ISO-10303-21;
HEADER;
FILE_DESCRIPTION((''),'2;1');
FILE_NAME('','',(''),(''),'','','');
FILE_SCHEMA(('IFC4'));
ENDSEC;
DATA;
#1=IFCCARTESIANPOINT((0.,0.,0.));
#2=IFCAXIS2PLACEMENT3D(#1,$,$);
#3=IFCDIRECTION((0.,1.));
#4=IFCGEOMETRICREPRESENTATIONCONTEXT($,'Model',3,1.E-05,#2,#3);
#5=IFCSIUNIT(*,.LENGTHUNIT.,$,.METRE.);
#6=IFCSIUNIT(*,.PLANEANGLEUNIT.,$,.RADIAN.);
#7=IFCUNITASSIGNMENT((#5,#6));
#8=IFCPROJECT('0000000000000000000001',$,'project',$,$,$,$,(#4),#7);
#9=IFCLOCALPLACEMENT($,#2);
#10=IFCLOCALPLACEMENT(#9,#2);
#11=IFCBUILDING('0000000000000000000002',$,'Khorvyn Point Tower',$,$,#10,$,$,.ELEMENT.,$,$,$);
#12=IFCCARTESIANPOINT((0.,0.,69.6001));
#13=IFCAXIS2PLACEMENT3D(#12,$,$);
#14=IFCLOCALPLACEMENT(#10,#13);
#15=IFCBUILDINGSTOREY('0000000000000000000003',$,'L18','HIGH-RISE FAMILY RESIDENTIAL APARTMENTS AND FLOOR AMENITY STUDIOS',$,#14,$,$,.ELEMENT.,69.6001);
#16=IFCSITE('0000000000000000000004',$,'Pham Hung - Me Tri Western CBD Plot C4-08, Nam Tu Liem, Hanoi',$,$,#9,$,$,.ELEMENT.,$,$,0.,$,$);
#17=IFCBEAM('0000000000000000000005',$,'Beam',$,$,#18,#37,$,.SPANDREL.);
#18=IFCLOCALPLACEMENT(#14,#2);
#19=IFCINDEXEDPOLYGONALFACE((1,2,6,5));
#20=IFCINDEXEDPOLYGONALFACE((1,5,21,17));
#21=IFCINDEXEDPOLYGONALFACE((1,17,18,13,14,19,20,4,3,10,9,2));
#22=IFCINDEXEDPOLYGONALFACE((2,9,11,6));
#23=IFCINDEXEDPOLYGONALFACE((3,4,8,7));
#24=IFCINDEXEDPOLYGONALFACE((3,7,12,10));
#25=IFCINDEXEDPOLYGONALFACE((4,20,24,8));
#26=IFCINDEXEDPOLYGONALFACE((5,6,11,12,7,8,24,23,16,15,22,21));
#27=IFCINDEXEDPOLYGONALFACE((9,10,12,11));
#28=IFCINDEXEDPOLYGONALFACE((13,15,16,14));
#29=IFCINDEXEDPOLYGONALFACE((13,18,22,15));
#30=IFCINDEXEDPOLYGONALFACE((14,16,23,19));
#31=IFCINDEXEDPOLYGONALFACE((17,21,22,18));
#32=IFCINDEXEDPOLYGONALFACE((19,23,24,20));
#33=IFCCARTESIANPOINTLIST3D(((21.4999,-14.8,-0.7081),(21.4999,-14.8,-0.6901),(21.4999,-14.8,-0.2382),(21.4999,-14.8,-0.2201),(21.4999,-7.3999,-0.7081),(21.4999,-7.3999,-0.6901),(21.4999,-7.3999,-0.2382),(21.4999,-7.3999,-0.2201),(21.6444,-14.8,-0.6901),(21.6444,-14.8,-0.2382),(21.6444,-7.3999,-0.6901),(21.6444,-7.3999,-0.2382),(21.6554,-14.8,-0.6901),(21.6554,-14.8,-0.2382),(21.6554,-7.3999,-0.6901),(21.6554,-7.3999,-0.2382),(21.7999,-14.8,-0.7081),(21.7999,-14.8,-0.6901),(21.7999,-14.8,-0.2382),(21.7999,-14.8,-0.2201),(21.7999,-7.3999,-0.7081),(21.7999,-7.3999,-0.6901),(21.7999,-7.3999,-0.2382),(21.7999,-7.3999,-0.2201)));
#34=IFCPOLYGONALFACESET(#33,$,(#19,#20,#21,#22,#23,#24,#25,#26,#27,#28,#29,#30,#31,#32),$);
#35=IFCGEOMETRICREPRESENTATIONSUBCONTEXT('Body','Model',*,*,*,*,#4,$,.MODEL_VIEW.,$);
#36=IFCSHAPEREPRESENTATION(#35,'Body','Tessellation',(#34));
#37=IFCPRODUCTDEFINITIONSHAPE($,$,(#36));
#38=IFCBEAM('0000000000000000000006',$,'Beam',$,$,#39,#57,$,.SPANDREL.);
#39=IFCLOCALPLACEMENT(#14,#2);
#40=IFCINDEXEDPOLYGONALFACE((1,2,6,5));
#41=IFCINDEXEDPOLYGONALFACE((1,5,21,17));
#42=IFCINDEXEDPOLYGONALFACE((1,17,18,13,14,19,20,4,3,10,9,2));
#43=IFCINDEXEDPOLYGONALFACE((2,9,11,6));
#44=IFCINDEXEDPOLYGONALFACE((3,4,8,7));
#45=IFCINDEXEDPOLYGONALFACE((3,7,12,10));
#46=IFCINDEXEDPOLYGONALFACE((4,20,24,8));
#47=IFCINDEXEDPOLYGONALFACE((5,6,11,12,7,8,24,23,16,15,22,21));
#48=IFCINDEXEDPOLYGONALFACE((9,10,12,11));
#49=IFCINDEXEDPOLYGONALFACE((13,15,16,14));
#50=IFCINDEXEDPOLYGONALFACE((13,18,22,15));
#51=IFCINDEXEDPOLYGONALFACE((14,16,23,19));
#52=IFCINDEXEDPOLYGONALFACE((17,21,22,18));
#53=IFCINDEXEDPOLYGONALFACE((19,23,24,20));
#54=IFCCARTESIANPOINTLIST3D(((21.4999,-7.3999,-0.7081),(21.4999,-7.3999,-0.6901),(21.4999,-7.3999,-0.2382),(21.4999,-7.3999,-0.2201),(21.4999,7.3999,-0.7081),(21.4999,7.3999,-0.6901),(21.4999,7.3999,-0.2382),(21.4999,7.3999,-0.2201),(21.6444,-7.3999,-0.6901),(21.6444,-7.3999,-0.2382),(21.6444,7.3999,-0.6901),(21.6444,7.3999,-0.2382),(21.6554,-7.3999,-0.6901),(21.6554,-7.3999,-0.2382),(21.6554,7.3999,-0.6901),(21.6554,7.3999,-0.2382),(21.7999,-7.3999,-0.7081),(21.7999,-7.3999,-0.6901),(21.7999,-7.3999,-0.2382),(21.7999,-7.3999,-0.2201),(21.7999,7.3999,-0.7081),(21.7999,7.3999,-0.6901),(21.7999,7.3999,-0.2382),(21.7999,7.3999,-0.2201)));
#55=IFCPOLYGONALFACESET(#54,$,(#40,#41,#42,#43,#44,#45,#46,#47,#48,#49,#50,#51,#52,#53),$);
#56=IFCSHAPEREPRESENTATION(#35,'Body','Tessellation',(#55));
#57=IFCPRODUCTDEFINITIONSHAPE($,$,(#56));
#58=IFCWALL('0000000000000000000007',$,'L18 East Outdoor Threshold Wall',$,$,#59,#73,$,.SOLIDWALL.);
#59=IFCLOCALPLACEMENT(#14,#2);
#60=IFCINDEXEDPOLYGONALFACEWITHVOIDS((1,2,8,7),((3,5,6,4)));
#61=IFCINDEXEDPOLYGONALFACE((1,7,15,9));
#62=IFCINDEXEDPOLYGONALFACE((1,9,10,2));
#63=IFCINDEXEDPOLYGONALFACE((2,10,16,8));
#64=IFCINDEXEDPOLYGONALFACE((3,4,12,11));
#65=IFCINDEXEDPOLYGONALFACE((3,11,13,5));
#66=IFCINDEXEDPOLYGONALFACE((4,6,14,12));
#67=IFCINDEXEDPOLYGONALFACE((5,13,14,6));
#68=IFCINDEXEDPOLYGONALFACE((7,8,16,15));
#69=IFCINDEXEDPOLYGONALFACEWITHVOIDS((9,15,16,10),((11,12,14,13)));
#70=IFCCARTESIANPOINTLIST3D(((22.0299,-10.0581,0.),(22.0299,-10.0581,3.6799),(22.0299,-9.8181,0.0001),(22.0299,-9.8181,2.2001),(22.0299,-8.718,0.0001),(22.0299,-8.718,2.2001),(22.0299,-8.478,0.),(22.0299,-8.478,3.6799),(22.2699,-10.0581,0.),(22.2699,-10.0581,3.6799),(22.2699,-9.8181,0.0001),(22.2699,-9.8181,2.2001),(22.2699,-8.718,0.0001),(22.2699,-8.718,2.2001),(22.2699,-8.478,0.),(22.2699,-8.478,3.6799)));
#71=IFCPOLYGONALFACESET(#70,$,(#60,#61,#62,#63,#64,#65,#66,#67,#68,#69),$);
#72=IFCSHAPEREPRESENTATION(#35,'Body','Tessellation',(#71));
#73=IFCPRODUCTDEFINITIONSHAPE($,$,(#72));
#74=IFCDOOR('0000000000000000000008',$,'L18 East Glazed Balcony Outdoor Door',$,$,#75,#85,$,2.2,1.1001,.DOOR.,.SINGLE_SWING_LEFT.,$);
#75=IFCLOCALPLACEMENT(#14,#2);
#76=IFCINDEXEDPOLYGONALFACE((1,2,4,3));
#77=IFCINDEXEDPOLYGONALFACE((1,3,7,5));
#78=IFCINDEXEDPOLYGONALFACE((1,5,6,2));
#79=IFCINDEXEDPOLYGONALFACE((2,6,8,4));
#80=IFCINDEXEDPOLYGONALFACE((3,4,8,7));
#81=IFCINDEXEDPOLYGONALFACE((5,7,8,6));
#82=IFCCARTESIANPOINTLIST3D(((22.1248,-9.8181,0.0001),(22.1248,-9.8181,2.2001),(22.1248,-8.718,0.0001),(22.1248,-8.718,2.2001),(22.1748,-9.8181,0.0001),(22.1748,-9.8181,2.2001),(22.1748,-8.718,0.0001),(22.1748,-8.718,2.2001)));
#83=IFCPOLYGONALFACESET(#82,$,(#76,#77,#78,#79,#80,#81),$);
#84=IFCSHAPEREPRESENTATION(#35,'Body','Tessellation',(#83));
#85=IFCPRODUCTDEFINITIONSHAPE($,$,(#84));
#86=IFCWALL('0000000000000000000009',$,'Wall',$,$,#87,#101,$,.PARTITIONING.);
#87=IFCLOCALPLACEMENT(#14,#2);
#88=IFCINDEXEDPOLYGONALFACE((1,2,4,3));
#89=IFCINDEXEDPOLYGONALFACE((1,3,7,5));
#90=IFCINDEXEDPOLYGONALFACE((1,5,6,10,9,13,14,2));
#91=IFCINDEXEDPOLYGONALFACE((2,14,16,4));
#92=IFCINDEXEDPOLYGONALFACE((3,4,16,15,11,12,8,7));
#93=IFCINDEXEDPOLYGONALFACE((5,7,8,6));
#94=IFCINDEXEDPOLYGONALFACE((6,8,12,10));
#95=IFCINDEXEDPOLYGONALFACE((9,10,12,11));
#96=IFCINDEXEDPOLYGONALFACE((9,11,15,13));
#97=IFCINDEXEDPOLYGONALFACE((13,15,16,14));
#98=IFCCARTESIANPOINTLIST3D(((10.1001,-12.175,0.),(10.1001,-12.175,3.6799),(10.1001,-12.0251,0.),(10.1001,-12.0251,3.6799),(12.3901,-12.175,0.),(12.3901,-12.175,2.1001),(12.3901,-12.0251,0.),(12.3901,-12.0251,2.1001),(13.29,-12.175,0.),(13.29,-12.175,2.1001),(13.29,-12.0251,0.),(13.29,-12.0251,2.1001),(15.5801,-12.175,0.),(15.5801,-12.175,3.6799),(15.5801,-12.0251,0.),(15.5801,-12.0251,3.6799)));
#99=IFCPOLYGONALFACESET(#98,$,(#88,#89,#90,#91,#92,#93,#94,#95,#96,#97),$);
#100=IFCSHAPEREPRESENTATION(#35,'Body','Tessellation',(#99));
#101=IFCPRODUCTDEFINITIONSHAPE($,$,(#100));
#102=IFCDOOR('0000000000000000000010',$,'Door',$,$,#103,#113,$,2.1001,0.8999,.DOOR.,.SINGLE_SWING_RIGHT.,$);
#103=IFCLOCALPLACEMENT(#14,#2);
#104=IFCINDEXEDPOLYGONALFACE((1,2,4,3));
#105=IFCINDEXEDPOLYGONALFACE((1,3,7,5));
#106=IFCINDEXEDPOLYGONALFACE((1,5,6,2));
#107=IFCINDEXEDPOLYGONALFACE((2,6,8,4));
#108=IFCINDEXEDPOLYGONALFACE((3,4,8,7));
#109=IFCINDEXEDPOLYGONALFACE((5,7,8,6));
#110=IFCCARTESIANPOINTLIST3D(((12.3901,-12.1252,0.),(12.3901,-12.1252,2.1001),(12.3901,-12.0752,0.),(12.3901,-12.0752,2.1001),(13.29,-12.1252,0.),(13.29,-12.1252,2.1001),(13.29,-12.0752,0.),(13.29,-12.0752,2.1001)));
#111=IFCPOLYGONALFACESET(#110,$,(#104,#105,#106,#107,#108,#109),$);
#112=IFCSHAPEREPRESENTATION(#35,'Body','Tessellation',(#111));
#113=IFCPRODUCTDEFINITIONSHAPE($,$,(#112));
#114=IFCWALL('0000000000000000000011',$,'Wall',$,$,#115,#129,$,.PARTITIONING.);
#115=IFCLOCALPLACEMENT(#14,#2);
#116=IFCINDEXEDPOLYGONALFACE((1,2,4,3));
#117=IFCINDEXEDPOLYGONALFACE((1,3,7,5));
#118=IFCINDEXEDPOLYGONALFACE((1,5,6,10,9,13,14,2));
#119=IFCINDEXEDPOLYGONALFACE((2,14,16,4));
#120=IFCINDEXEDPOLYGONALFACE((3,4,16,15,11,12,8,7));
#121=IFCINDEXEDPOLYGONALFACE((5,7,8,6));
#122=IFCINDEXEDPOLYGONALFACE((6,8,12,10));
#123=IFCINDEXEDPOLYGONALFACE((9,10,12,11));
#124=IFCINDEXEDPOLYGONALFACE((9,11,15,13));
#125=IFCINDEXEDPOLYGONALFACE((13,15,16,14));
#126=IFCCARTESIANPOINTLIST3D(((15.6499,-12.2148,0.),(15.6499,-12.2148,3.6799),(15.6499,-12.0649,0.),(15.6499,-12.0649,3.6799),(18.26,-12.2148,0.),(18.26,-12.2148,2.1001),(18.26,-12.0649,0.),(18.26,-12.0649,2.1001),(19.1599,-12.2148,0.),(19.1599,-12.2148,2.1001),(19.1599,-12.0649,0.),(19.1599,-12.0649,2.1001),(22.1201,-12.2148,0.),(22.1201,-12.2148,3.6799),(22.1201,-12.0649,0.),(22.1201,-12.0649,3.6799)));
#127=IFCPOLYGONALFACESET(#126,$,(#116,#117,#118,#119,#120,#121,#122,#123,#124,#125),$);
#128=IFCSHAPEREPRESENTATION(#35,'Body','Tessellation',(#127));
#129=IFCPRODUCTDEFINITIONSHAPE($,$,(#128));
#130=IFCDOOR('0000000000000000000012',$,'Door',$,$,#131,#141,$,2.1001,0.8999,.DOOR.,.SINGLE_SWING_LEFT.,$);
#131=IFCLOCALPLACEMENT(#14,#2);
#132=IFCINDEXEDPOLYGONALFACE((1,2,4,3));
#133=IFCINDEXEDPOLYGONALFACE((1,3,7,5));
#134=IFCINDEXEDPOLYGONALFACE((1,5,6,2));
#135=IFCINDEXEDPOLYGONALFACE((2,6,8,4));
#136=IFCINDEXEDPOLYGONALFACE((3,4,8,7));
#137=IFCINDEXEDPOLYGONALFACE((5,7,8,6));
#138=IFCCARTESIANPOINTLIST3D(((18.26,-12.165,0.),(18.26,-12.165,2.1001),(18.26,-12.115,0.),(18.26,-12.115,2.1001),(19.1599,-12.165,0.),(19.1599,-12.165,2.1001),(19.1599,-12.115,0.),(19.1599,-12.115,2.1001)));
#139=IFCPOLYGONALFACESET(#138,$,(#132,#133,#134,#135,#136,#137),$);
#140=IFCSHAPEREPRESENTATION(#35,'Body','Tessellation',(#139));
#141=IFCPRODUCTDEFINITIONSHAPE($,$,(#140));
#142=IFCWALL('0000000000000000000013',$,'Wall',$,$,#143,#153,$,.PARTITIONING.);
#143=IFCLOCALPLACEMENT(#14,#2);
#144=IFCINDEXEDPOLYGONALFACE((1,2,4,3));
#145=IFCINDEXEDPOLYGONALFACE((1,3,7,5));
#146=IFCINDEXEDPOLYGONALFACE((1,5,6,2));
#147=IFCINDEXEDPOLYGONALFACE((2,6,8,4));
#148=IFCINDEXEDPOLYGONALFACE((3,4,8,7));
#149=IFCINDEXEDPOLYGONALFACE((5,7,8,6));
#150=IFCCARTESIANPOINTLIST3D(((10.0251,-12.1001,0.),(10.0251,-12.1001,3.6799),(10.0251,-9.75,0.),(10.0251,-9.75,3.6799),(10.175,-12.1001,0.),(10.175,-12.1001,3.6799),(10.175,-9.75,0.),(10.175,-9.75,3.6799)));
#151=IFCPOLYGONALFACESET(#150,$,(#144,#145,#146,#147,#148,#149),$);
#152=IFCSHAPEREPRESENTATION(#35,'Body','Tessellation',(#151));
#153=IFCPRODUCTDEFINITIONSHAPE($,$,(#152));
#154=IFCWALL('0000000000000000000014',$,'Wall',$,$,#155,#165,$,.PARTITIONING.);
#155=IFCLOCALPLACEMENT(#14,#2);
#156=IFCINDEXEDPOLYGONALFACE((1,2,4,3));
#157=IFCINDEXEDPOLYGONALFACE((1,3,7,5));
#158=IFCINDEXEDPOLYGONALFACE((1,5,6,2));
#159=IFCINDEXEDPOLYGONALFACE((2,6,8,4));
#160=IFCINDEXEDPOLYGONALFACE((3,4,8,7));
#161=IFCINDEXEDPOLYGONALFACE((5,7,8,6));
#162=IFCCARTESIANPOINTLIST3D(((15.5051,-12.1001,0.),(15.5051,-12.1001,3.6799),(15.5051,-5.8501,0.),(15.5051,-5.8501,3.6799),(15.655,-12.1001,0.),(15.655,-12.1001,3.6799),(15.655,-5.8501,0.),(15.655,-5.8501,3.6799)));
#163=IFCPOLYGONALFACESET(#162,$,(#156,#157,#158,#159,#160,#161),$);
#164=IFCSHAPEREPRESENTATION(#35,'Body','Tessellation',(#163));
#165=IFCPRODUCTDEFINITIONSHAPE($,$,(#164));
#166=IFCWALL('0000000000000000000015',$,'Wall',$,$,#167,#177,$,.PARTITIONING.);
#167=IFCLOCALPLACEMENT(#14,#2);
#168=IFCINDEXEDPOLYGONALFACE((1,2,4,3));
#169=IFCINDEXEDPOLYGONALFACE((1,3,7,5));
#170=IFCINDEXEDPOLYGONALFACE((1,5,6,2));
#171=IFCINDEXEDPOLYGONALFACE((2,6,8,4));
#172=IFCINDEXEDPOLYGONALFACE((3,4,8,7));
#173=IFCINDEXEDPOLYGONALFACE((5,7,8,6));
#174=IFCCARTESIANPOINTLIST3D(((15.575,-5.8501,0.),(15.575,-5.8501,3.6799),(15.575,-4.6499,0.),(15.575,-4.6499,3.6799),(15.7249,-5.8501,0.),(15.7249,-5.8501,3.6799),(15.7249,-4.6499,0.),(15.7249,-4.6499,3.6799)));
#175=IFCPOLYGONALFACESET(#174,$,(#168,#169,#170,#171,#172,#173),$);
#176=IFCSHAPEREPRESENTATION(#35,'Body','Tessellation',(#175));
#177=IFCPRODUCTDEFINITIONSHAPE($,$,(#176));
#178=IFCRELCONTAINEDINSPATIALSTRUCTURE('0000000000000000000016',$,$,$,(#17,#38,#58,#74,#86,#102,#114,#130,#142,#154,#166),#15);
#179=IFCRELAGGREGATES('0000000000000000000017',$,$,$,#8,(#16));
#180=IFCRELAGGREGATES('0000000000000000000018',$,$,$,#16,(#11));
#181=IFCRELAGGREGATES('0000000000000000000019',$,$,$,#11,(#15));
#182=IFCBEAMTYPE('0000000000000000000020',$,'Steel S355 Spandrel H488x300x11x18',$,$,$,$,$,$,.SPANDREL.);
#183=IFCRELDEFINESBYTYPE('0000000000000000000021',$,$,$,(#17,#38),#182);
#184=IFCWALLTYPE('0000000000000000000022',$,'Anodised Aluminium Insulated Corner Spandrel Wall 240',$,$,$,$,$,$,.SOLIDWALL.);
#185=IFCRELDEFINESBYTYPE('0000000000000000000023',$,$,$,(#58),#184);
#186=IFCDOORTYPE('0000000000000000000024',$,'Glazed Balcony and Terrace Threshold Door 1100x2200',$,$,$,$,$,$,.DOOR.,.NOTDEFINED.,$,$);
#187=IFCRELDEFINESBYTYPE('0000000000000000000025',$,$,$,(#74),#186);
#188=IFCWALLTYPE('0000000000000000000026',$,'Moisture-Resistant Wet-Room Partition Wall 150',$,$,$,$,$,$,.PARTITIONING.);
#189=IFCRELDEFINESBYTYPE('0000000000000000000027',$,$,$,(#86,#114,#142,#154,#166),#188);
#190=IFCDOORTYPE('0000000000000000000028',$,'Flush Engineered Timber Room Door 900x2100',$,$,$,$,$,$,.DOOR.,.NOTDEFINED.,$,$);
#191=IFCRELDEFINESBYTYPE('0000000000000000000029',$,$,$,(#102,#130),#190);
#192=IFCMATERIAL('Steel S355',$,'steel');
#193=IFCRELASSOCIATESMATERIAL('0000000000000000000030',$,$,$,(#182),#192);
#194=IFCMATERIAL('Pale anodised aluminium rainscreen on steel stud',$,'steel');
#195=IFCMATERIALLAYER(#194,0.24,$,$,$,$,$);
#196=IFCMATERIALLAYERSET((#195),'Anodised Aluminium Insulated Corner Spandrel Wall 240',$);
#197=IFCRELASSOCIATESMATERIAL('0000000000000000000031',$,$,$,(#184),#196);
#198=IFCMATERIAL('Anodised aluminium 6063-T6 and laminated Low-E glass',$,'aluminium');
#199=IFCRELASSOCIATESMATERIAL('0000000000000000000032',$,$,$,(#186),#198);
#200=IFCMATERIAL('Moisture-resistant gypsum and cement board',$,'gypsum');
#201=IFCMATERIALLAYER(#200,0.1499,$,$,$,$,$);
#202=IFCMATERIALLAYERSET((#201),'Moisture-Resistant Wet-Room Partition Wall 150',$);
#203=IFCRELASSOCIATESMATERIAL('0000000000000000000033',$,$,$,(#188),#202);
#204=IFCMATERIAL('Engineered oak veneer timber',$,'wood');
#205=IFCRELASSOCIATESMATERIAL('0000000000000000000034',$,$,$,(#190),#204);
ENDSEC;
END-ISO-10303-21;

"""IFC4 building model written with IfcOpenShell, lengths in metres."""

from ifc_helpers import new_model, si_unit, direction, frame, frame_2d, origin, origin_2d, place, context, subcontext, project, spatial, rectangle, i_section, extrude, material, layer, layer_set, material_profile, profile_set, type_object, element, fill, save


model = new_model("IFC4")

# Units and contexts
model_context = context("Model", 3, precision=1e-05, world=origin(), true_north=direction((0.0, 1.0)))
body_context = subcontext(model_context, "Body", "Model", "MODEL_VIEW")
ifc_project = project(units=[si_unit("LENGTHUNIT", "METRE"), si_unit("PLANEANGLEUNIT", "RADIAN")], contexts=[model_context])

# Site, building, storey
site_placement = place(None, origin())
site = spatial("IfcSite", under=ifc_project, at=site_placement, Name="Pham Hung - Me Tri Western CBD Plot C4-08, Nam Tu Liem, Hanoi", CompositionType="ELEMENT", RefElevation=0.0)
building_placement = place(site_placement, origin())
building = spatial("IfcBuilding", under=site, at=building_placement, Name="Khorvyn Point Tower", CompositionType="ELEMENT")
storey_placement = place(building_placement, frame((0.0, 0.0, 69.6001)))
storey = spatial("IfcBuildingStorey", under=building, at=storey_placement, Name="L18", Description="HIGH-RISE FAMILY RESIDENTIAL APARTMENTS AND FLOOR AMENITY STUDIOS", CompositionType="ELEMENT", Elevation=69.6001)

# Shared definitions
ifc_material_1 = material(Name="Anodised aluminium 6063-T6 and laminated Low-E glass", Category="aluminium")

# Beams
ifc_material_2 = material(Name="Steel S355", Category="steel")
ifc_material_profile_1 = material_profile(ifc_material_2, i_section(OverallWidth=0.3, OverallDepth=0.488, WebThickness=0.011, FlangeThickness=0.0181, at=origin_2d()))
ifc_profile_set_1 = profile_set([ifc_material_profile_1], Name="Steel S355 H488x300x11x18")
beam_type_1 = type_object("IfcBeamType", Name="Steel S355 Spandrel H488x300x11x18", PredefinedType="SPANDREL", material=ifc_profile_set_1)
beam_1_placement = place(storey_placement, frame((21.6499, -14.8, -0.4641), z_axis=(0.0, 1.0, 0.0), x_axis=(-1.0, 0.0, 0.0)))
element("IfcBeam", 1, at=beam_1_placement, inside=storey, type_object=beam_type_1, Name="Beam", PredefinedType="SPANDREL", context=body_context, shape_type="SweptSolid", body=[
    extrude(i_section(OverallWidth=0.3, OverallDepth=0.488, WebThickness=0.011, FlangeThickness=0.0181, at=origin_2d()), origin(), (0.0, 0.0, 1.0), 7.4001),
])
beam_2_placement = place(storey_placement, frame((21.6499, -7.3999, -0.4641), z_axis=(0.0, 1.0, 0.0), x_axis=(-1.0, 0.0, 0.0)))
element("IfcBeam", 2, at=beam_2_placement, inside=storey, type_object=beam_type_1, Name="Beam", PredefinedType="SPANDREL", context=body_context, shape_type="SweptSolid", body=[
    extrude(i_section(OverallWidth=0.3, OverallDepth=0.488, WebThickness=0.011, FlangeThickness=0.0181, at=origin_2d()), origin(), (0.0, 0.0, 1.0), 14.7998),
])

# Walls, openings, doors
ifc_material_3 = material(Name="Pale anodised aluminium rainscreen on steel stud", Category="steel")
ifc_layer_1 = layer(ifc_material_3, 0.24)
ifc_layer_set_1 = layer_set([ifc_layer_1], Name="Anodised Aluminium Insulated Corner Spandrel Wall 240")
wall_type_1 = type_object("IfcWallType", Name="Anodised Aluminium Insulated Corner Spandrel Wall 240", PredefinedType="SOLIDWALL", material=ifc_layer_set_1)
wall_1_placement = place(storey_placement, frame((22.1499, -8.478, 0.0), z_axis=(0.0, 0.0, 1.0), x_axis=(0.0, -1.0, 0.0)))
wall_1 = element("IfcWall", 3, at=wall_1_placement, inside=storey, type_object=wall_type_1, Name="L18 East Outdoor Threshold Wall", PredefinedType="SOLIDWALL", context=body_context, shape_type="SweptSolid", body=[
    extrude(rectangle(XDim=1.5801, YDim=0.24, at=frame_2d((0.79, 0.0))), origin(), (0.0, 0.0, 1.0), 3.6799),
])
opening_1_placement = place(wall_1_placement, frame((0.24, 0.0, 0.0)))
opening_1 = element("IfcOpeningElement", 4, at=opening_1_placement, cuts=wall_1, PredefinedType="OPENING", context=body_context, shape_type="SweptSolid", body=[
    extrude(rectangle(XDim=1.1001, YDim=2.2, at=frame_2d((0.55, 1.1001))), frame((0.0, 0.1299, 0.0), z_axis=(0.0, -1.0, 0.0), x_axis=(1.0, 0.0, 0.0)), (0.0, 0.0, 1.0), 0.26),
])
door_type_1 = type_object("IfcDoorType", Name="Glazed Balcony and Terrace Threshold Door 1100x2200", OperationType="NOTDEFINED", PredefinedType="DOOR", material=ifc_material_1)
door_1_placement = place(opening_1_placement, origin())
door_1 = element("IfcDoor", 5, at=door_1_placement, inside=storey, type_object=door_type_1, Name="L18 East Glazed Balcony Outdoor Door", OperationType="SINGLE_SWING_LEFT", OverallHeight=2.2, OverallWidth=1.1001, PredefinedType="DOOR", context=body_context, shape_type="SweptSolid", body=[
    extrude(rectangle(XDim=1.1001, YDim=2.2, at=frame_2d((0.55, 1.1001))), frame((0.0, 0.0249, 0.0), z_axis=(0.0, -1.0, 0.0), x_axis=(1.0, 0.0, 0.0)), (0.0, 0.0, 1.0), 0.05),
])
fill(opening_1, door_1)
ifc_material_4 = material(Name="Moisture-resistant gypsum and cement board", Category="gypsum")
ifc_layer_2 = layer(ifc_material_4, 0.1499)
ifc_layer_set_2 = layer_set([ifc_layer_2], Name="Moisture-Resistant Wet-Room Partition Wall 150")
wall_type_2 = type_object("IfcWallType", Name="Moisture-Resistant Wet-Room Partition Wall 150", PredefinedType="PARTITIONING", material=ifc_layer_set_2)
wall_2_placement = place(storey_placement, frame((10.1001, -12.1001, 0.0), z_axis=(0.0, 0.0, 1.0), x_axis=(1.0, 0.0, 0.0)))
wall_2 = element("IfcWall", 6, at=wall_2_placement, inside=storey, type_object=wall_type_2, Name="Wall", PredefinedType="PARTITIONING", context=body_context, shape_type="SweptSolid", body=[
    extrude(rectangle(XDim=5.48, YDim=0.1499, at=frame_2d((2.74, 0.0))), origin(), (0.0, 0.0, 1.0), 3.6799),
])
opening_2_placement = place(wall_2_placement, frame((2.29, 0.0, 0.0)))
opening_2 = element("IfcOpeningElement", 7, at=opening_2_placement, cuts=wall_2, PredefinedType="OPENING", context=body_context, shape_type="SweptSolid", body=[
    extrude(rectangle(XDim=0.8999, YDim=2.1001, at=frame_2d((0.45, 1.05))), frame((0.0, 0.085, 0.0), z_axis=(0.0, -1.0, 0.0), x_axis=(1.0, 0.0, 0.0)), (0.0, 0.0, 1.0), 0.1699),
])
ifc_material_5 = material(Name="Engineered oak veneer timber", Category="wood")
door_type_2 = type_object("IfcDoorType", Name="Flush Engineered Timber Room Door 900x2100", OperationType="NOTDEFINED", PredefinedType="DOOR", material=ifc_material_5)
door_2_placement = place(opening_2_placement, origin())
door_2 = element("IfcDoor", 8, at=door_2_placement, inside=storey, type_object=door_type_2, Name="Door", OperationType="SINGLE_SWING_RIGHT", OverallHeight=2.1001, OverallWidth=0.8999, PredefinedType="DOOR", context=body_context, shape_type="SweptSolid", body=[
    extrude(rectangle(XDim=0.8999, YDim=2.1001, at=frame_2d((0.45, 1.05))), frame((0.0, 0.0249, 0.0), z_axis=(0.0, -1.0, 0.0), x_axis=(1.0, 0.0, 0.0)), (0.0, 0.0, 1.0), 0.05),
])
fill(opening_2, door_2)
wall_3_placement = place(storey_placement, frame((15.6499, -12.1399, 0.0), z_axis=(0.0, 0.0, 1.0), x_axis=(1.0, 0.0, 0.0)))
wall_3 = element("IfcWall", 9, at=wall_3_placement, inside=storey, type_object=wall_type_2, Name="Wall", PredefinedType="PARTITIONING", context=body_context, shape_type="SweptSolid", body=[
    extrude(rectangle(XDim=6.4702, YDim=0.1499, at=frame_2d((3.2351, 0.0))), origin(), (0.0, 0.0, 1.0), 3.6799),
])
opening_3_placement = place(wall_3_placement, frame((2.6101, 0.0, 0.0)))
opening_3 = element("IfcOpeningElement", 10, at=opening_3_placement, cuts=wall_3, PredefinedType="OPENING", context=body_context, shape_type="SweptSolid", body=[
    extrude(rectangle(XDim=0.8999, YDim=2.1001, at=frame_2d((0.45, 1.05))), frame((0.0, 0.085, 0.0), z_axis=(0.0, -1.0, 0.0), x_axis=(1.0, 0.0, 0.0)), (0.0, 0.0, 1.0), 0.1699),
])
door_3_placement = place(opening_3_placement, origin())
door_3 = element("IfcDoor", 11, at=door_3_placement, inside=storey, type_object=door_type_2, Name="Door", OperationType="SINGLE_SWING_LEFT", OverallHeight=2.1001, OverallWidth=0.8999, PredefinedType="DOOR", context=body_context, shape_type="SweptSolid", body=[
    extrude(rectangle(XDim=0.8999, YDim=2.1001, at=frame_2d((0.45, 1.05))), frame((0.0, 0.0249, 0.0), z_axis=(0.0, -1.0, 0.0), x_axis=(1.0, 0.0, 0.0)), (0.0, 0.0, 1.0), 0.05),
])
fill(opening_3, door_3)

# Walls
wall_4_placement = place(storey_placement, frame((10.1001, -12.1001, 0.0), z_axis=(0.0, 0.0, 1.0), x_axis=(0.0, 1.0, 0.0)))
element("IfcWall", 12, at=wall_4_placement, inside=storey, type_object=wall_type_2, Name="Wall", PredefinedType="PARTITIONING", context=body_context, shape_type="SweptSolid", body=[
    extrude(rectangle(XDim=2.3501, YDim=0.1499, at=frame_2d((1.175, 0.0))), origin(), (0.0, 0.0, 1.0), 3.6799),
])
wall_5_placement = place(storey_placement, frame((15.5801, -12.1001, 0.0), z_axis=(0.0, 0.0, 1.0), x_axis=(0.0, 1.0, 0.0)))
element("IfcWall", 13, at=wall_5_placement, inside=storey, type_object=wall_type_2, Name="Wall", PredefinedType="PARTITIONING", context=body_context, shape_type="SweptSolid", body=[
    extrude(rectangle(XDim=6.25, YDim=0.1499, at=frame_2d((3.125, 0.0))), origin(), (0.0, 0.0, 1.0), 3.6799),
])
wall_6_placement = place(storey_placement, frame((15.6499, -5.8501, 0.0), z_axis=(0.0, 0.0, 1.0), x_axis=(0.0, 1.0, 0.0)))
element("IfcWall", 14, at=wall_6_placement, inside=storey, type_object=wall_type_2, Name="Wall", PredefinedType="PARTITIONING", context=body_context, shape_type="SweptSolid", body=[
    extrude(rectangle(XDim=1.2002, YDim=0.1499, at=frame_2d((0.6001, 0.0))), origin(), (0.0, 0.0, 1.0), 3.6799),
])

save(model, "model.ifc")
